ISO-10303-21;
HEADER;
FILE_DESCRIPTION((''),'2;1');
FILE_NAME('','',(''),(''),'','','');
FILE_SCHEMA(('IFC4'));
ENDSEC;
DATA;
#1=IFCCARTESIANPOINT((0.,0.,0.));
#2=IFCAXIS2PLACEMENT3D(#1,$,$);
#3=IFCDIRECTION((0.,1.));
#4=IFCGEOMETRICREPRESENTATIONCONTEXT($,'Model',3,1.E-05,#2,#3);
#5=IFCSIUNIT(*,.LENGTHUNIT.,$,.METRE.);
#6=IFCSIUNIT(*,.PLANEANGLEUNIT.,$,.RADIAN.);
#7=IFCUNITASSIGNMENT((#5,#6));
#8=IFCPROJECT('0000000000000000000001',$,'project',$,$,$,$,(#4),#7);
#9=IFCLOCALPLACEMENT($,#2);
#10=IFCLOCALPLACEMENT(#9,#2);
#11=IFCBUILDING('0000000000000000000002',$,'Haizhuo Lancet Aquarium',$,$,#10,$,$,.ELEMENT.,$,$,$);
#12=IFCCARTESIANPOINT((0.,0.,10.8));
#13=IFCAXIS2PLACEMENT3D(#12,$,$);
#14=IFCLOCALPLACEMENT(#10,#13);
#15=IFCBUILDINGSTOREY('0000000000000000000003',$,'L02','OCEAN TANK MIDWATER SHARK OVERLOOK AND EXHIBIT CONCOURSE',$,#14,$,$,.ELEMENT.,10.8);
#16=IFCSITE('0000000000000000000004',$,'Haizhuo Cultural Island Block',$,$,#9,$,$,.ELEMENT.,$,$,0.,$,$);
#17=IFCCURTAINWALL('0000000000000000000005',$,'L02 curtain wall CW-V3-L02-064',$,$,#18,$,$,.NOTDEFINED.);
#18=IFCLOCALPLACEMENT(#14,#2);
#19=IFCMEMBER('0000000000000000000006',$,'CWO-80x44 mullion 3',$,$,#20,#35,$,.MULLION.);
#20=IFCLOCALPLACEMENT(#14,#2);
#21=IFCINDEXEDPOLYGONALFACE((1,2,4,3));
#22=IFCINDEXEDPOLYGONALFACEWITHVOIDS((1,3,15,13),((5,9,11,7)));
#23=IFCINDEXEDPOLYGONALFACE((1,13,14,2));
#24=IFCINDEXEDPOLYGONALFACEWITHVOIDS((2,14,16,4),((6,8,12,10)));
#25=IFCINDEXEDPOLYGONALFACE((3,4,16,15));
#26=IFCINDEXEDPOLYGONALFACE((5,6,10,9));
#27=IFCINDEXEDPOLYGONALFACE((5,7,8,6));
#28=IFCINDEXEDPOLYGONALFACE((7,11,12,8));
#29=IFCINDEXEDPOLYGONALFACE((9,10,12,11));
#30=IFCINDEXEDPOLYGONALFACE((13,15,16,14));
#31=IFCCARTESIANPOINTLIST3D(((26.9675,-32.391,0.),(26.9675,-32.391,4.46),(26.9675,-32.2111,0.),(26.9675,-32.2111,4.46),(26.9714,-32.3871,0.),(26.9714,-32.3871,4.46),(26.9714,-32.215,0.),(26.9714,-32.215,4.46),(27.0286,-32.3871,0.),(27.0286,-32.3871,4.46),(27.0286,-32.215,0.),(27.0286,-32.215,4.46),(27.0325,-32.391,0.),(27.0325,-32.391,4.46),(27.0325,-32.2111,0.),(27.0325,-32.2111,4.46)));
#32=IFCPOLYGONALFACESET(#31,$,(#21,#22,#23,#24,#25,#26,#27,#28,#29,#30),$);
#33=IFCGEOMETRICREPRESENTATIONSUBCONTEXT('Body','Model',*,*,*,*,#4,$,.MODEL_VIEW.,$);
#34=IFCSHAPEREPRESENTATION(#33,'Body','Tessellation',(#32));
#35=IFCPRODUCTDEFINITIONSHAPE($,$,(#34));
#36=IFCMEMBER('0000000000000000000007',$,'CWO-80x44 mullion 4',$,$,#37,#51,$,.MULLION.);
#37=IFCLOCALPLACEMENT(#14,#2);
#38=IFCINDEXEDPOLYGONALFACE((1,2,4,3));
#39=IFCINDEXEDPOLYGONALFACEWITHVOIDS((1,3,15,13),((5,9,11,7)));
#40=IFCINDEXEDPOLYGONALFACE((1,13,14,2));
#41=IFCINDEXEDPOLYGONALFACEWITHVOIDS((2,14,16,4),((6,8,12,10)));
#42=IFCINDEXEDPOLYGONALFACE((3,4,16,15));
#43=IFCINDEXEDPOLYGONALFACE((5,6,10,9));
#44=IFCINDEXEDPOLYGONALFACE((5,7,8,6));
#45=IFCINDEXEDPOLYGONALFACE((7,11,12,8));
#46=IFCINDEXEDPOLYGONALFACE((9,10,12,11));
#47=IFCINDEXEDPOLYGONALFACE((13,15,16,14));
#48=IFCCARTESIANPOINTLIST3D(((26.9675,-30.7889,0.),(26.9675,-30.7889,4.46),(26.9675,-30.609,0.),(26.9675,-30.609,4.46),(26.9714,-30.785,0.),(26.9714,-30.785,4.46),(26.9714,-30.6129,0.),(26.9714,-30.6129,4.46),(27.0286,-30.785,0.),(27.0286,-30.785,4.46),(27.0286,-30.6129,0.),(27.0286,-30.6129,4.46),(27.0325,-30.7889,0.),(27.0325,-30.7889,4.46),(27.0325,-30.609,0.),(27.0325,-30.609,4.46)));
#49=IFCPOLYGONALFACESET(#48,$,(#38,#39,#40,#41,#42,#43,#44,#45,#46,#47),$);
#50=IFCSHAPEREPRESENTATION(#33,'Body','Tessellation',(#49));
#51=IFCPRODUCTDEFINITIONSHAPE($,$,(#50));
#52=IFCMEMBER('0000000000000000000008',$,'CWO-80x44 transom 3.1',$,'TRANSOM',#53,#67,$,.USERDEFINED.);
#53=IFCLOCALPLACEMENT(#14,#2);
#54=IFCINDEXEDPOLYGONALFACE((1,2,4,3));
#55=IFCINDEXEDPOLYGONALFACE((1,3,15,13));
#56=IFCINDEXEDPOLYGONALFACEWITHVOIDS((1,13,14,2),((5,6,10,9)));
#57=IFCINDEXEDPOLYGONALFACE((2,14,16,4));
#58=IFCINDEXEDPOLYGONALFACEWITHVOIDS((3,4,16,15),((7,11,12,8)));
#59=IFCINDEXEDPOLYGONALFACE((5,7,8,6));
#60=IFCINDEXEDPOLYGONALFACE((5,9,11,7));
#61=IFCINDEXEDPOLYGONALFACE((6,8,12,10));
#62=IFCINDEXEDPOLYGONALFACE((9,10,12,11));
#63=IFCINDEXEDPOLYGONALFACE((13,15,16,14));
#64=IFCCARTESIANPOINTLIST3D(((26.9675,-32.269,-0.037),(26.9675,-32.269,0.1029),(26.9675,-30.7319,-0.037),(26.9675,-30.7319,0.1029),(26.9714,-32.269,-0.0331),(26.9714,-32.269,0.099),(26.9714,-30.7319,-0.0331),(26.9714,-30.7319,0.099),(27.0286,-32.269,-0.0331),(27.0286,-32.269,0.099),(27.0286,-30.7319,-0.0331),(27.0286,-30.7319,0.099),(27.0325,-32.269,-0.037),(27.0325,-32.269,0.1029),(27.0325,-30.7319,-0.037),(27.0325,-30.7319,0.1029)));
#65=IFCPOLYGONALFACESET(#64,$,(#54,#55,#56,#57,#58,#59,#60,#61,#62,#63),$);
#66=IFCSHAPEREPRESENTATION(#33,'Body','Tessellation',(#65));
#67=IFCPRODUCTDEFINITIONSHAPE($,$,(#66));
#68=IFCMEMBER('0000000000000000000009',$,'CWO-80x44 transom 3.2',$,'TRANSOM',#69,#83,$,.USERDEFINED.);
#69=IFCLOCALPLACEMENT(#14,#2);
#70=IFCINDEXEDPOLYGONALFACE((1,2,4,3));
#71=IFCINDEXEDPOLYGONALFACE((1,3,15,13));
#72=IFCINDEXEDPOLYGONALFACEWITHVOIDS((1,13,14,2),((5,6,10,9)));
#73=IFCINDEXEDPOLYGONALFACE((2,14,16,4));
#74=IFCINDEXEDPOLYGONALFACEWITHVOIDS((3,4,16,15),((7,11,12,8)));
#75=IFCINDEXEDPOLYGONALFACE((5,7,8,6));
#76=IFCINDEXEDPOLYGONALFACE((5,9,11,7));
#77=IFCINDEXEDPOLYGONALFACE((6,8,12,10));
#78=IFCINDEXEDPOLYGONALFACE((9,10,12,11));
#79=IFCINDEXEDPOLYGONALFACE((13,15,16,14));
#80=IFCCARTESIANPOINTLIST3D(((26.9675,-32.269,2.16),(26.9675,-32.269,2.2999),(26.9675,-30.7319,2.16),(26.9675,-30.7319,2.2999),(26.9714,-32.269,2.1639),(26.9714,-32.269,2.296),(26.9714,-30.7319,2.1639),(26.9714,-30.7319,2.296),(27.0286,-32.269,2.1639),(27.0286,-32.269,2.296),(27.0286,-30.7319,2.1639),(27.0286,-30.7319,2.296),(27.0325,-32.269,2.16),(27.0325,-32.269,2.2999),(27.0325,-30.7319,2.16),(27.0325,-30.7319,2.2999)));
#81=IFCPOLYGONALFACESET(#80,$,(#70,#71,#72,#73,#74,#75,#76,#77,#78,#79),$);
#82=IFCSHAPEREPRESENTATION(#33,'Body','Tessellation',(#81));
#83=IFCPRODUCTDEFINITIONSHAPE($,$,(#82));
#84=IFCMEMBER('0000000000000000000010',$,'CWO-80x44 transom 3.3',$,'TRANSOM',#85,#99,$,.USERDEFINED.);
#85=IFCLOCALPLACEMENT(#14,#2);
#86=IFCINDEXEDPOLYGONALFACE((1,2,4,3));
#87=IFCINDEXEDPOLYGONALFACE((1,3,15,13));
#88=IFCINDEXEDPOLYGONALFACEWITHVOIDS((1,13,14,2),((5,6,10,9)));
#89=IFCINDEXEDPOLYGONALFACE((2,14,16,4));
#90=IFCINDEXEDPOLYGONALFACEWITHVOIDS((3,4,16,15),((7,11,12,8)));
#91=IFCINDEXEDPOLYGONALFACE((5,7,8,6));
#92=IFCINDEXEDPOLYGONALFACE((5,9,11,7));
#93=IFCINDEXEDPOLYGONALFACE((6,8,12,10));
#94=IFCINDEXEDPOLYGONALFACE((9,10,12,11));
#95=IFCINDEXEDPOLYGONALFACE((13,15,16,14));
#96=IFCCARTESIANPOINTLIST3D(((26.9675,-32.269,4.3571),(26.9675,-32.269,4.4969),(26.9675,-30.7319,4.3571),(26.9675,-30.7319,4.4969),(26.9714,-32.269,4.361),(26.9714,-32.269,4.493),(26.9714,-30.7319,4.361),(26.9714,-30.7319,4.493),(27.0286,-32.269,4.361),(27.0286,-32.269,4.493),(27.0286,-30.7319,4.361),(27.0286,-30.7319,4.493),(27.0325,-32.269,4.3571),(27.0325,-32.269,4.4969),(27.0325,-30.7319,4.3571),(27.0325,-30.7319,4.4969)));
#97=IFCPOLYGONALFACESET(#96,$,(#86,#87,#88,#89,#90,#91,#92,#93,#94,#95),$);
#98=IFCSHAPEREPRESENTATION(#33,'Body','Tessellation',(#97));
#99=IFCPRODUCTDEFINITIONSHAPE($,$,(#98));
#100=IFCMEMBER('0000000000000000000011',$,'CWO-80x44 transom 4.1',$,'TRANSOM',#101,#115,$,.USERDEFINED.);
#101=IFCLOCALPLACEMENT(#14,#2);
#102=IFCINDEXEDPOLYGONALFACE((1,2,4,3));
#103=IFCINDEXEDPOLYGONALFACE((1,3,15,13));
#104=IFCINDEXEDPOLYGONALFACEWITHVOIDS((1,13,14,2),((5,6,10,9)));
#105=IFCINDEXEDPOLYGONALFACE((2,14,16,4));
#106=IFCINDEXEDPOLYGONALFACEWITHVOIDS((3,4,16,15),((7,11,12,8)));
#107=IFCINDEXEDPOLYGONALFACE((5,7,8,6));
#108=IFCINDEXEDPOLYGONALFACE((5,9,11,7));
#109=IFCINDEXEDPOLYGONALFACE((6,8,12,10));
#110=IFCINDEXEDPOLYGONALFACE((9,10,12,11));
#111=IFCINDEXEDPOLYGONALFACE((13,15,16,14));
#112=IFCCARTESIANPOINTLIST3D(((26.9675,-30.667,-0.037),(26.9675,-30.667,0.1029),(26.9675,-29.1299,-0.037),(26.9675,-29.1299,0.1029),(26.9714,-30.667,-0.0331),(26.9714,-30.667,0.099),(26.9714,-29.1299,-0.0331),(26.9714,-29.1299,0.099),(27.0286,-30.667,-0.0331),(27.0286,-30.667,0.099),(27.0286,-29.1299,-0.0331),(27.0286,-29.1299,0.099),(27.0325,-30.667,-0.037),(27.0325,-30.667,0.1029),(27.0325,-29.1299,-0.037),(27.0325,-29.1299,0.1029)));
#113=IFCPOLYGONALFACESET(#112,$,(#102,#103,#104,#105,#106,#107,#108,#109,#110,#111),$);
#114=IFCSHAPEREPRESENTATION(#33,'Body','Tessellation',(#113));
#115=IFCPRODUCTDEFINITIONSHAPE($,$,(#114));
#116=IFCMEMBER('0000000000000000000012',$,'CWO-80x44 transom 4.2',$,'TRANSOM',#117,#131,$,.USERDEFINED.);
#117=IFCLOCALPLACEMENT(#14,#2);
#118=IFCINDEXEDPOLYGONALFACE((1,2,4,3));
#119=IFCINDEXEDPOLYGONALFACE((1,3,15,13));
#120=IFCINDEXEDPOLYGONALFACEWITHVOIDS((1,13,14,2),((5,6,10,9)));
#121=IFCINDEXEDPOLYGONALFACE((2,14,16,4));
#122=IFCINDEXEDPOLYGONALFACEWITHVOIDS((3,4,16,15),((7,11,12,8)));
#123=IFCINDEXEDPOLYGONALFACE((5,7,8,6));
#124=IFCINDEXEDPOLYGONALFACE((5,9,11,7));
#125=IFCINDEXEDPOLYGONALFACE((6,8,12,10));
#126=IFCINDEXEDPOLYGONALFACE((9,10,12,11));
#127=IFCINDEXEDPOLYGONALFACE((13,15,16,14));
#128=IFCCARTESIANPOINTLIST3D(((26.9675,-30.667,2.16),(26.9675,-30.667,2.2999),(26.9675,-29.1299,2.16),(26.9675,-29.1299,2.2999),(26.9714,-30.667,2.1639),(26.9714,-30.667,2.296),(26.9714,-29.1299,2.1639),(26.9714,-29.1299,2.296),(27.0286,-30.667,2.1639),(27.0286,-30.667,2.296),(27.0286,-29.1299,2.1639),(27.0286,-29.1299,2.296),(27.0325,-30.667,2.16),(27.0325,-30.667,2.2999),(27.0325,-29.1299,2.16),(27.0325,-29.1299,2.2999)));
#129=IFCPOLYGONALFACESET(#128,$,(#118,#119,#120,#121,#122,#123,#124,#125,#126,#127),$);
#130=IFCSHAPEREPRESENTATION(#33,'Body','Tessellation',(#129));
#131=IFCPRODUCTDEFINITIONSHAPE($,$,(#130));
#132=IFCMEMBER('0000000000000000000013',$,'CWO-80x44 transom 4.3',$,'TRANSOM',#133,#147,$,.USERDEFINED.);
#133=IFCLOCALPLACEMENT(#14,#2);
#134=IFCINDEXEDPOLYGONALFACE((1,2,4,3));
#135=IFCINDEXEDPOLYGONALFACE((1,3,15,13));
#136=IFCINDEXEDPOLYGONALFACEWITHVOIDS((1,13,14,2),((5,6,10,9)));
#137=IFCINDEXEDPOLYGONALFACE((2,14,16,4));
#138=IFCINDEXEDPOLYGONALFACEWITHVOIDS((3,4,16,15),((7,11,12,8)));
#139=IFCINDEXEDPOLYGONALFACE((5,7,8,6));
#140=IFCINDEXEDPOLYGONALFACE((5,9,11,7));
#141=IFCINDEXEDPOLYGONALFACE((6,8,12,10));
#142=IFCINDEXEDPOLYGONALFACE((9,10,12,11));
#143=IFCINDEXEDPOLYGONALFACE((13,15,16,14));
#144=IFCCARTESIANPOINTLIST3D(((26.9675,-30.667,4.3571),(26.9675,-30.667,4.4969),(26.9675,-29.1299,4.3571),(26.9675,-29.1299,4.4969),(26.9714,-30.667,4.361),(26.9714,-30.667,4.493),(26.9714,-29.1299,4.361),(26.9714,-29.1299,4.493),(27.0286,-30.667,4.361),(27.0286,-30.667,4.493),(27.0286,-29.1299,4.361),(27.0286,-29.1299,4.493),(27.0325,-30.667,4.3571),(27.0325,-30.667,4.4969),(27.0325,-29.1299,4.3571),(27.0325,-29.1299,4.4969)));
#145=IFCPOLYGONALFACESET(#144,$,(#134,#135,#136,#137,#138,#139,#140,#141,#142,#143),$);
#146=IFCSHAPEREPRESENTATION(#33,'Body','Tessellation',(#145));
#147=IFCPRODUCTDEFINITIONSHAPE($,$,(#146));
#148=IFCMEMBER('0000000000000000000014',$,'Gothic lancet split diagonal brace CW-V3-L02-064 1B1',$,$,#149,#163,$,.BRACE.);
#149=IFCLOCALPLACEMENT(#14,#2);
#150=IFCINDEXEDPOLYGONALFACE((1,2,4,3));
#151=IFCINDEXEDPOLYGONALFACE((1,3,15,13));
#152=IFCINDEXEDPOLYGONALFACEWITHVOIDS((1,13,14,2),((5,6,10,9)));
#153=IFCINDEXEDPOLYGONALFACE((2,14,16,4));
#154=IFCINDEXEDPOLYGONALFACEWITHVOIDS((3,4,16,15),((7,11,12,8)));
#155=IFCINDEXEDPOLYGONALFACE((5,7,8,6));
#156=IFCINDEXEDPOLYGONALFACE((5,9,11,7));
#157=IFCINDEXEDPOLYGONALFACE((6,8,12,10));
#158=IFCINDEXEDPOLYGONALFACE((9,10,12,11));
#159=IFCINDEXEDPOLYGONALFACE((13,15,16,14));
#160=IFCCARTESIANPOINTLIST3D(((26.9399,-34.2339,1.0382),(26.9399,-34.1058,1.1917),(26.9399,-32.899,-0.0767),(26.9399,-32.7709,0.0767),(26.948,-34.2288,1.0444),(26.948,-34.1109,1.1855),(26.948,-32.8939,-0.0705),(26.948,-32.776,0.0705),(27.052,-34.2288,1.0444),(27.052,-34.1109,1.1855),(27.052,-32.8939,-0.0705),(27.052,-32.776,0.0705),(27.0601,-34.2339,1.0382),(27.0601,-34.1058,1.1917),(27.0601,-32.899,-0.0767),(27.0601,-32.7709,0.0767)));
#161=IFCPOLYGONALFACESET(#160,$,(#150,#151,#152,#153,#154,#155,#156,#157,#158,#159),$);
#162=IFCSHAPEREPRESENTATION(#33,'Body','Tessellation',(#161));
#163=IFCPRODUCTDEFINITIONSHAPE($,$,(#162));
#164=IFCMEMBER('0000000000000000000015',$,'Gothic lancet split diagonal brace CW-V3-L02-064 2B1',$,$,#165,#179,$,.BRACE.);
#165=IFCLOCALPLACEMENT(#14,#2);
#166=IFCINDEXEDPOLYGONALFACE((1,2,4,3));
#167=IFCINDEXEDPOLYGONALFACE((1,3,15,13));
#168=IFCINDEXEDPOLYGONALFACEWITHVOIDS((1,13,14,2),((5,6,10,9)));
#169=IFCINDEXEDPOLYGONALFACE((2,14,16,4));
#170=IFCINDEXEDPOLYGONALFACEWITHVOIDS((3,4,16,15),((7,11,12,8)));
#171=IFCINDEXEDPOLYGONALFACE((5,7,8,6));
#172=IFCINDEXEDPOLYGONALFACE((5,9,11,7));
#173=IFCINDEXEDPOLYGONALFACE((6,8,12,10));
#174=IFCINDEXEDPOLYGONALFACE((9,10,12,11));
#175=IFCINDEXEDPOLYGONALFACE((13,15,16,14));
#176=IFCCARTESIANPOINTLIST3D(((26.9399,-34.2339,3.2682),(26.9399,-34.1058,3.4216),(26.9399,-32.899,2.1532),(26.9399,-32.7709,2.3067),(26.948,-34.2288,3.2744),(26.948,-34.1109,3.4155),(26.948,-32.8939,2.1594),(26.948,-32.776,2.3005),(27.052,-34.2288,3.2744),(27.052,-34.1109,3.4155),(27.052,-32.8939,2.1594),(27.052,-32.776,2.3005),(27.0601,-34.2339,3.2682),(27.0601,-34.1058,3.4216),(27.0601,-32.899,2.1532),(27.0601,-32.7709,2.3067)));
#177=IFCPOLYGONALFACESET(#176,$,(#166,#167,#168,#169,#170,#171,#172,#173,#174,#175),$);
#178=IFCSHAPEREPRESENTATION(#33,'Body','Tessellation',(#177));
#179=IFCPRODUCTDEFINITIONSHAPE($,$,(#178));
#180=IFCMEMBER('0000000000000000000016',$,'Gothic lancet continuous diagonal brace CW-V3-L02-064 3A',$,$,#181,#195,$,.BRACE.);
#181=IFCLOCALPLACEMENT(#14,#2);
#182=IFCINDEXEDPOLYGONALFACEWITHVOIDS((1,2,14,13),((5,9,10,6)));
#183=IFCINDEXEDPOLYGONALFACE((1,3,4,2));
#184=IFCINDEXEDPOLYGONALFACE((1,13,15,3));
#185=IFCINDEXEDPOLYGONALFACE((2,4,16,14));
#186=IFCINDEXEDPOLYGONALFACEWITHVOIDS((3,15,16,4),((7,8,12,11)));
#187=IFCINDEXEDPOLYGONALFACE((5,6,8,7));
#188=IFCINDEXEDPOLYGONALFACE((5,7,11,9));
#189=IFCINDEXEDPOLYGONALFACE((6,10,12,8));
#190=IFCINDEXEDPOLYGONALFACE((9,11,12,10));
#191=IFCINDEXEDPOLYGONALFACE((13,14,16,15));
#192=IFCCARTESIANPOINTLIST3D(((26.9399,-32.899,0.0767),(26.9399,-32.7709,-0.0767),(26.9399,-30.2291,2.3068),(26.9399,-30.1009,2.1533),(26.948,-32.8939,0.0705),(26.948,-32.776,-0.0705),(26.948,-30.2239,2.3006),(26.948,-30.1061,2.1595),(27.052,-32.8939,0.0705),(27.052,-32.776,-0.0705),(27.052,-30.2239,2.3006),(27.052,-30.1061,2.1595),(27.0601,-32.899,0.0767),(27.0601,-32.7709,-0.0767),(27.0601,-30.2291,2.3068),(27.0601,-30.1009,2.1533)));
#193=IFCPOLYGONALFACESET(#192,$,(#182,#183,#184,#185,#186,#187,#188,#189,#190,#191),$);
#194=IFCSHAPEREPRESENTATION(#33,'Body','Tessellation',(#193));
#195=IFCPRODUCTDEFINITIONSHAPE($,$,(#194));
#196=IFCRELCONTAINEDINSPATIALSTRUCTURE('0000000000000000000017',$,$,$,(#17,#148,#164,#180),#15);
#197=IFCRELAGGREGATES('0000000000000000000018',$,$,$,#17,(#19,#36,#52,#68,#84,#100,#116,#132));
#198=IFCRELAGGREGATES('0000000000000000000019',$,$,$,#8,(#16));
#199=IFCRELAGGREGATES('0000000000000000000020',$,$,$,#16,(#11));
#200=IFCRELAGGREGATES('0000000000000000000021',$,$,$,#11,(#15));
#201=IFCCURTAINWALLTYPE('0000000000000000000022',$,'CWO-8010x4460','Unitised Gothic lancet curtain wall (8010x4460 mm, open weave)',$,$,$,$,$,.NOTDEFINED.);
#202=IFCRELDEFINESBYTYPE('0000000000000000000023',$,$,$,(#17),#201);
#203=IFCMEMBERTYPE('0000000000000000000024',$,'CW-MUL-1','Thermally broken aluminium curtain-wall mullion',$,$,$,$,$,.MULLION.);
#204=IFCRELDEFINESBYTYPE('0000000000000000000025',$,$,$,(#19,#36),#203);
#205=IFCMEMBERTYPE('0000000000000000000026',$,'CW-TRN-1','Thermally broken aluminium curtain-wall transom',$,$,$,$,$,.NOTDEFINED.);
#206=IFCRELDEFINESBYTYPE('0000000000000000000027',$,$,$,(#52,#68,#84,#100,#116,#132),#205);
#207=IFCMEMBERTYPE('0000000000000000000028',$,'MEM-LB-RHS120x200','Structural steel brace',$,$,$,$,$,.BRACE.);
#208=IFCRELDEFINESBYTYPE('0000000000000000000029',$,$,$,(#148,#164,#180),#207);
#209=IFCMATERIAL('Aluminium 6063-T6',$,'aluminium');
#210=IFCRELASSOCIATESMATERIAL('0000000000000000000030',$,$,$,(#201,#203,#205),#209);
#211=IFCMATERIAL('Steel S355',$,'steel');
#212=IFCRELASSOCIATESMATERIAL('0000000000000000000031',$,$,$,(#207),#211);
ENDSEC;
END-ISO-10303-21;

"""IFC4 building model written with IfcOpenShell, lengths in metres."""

from ifc_helpers import new_model, si_unit, direction, frame, origin, origin_2d, place, context, subcontext, project, spatial, hollow_rectangle, extrude, material, material_profile, profile_set, type_object, element, aggregate, save


model = new_model("IFC4")

# Units and contexts
model_context = context("Model", 3, precision=1e-05, world=origin(), true_north=direction((0.0, 1.0)))
body_context = subcontext(model_context, "Body", "Model", "MODEL_VIEW")
ifc_project = project(units=[si_unit("LENGTHUNIT", "METRE"), si_unit("PLANEANGLEUNIT", "RADIAN")], contexts=[model_context])

# Site, building, storey
site_placement = place(None, origin())
site = spatial("IfcSite", under=ifc_project, at=site_placement, Name="Haizhuo Cultural Island Block", CompositionType="ELEMENT", RefElevation=0.0)
building_placement = place(site_placement, origin())
building = spatial("IfcBuilding", under=site, at=building_placement, Name="Haizhuo Lancet Aquarium", CompositionType="ELEMENT")
storey_placement = place(building_placement, frame((0.0, 0.0, 10.8)))
storey = spatial("IfcBuildingStorey", under=building, at=storey_placement, Name="L02", Description="OCEAN TANK MIDWATER SHARK OVERLOOK AND EXHIBIT CONCOURSE", CompositionType="ELEMENT", Elevation=10.8)

# Curtain wall, members
ifc_material_1 = material(Name="Aluminium 6063-T6", Category="aluminium")
curtain_wall_type = type_object("IfcCurtainWallType", Name="CWO-8010x4460", Description="Unitised Gothic lancet curtain wall (8010x4460 mm, open weave)", PredefinedType="NOTDEFINED", material=ifc_material_1)
curtain_wall_placement = place(storey_placement, origin())
curtain_wall = element("IfcCurtainWall", 1, at=curtain_wall_placement, inside=storey, type_object=curtain_wall_type, Name="L02 curtain wall CW-V3-L02-064", PredefinedType="NOTDEFINED")
ifc_material_profile_1 = material_profile(ifc_material_1, hollow_rectangle(XDim=0.0649, YDim=0.1799, WallThickness=0.0039, at=origin_2d()), Name="ALU-M 65x180x4")
ifc_profile_set_1 = profile_set([ifc_material_profile_1], Name="Aluminium 6063-T6")
member_type_1 = type_object("IfcMemberType", Name="CW-MUL-1", Description="Thermally broken aluminium curtain-wall mullion", PredefinedType="MULLION", material=ifc_profile_set_1)
member_1_placement = place(storey_placement, frame((27.0, -32.301, 0.0), z_axis=(0.0, 0.0, 1.0), x_axis=(-1.0, 0.0, 0.0)))
member_1 = element("IfcMember", 2, at=member_1_placement, type_object=member_type_1, Name="CWO-80x44 mullion 3", PredefinedType="MULLION", context=body_context, shape_type="SweptSolid", body=[
    extrude(hollow_rectangle(XDim=0.0649, YDim=0.1799, WallThickness=0.0039, at=origin_2d()), origin(), (0.0, 0.0, 1.0), 4.46),
])
member_2_placement = place(storey_placement, frame((27.0, -30.699, 0.0), z_axis=(0.0, 0.0, 1.0), x_axis=(-1.0, 0.0, 0.0)))
member_2 = element("IfcMember", 3, at=member_2_placement, type_object=member_type_1, Name="CWO-80x44 mullion 4", PredefinedType="MULLION", context=body_context, shape_type="SweptSolid", body=[
    extrude(hollow_rectangle(XDim=0.0649, YDim=0.1799, WallThickness=0.0039, at=origin_2d()), origin(), (0.0, 0.0, 1.0), 4.46),
])
ifc_material_profile_2 = material_profile(ifc_material_1, hollow_rectangle(XDim=0.0649, YDim=0.1399, WallThickness=0.0039, at=origin_2d()), Name="ALU-T 65x140x4")
ifc_profile_set_2 = profile_set([ifc_material_profile_2], Name="Aluminium 6063-T6")
member_type_2 = type_object("IfcMemberType", Name="CW-TRN-1", Description="Thermally broken aluminium curtain-wall transom", PredefinedType="NOTDEFINED", material=ifc_profile_set_2)
member_3_placement = place(storey_placement, frame((27.0, -32.269, 0.033), z_axis=(0.0, 1.0, 0.0), x_axis=(-1.0, 0.0, 0.0)))
member_3 = element("IfcMember", 4, at=member_3_placement, type_object=member_type_2, Name="CWO-80x44 transom 3.1", ObjectType="TRANSOM", PredefinedType="USERDEFINED", context=body_context, shape_type="SweptSolid", body=[
    extrude(hollow_rectangle(XDim=0.0649, YDim=0.1399, WallThickness=0.0039, at=origin_2d()), origin(), (0.0, 0.0, 1.0), 1.5371),
])
member_4_placement = place(storey_placement, frame((27.0, -32.269, 2.23), z_axis=(0.0, 1.0, 0.0), x_axis=(-1.0, 0.0, 0.0)))
member_4 = element("IfcMember", 5, at=member_4_placement, type_object=member_type_2, Name="CWO-80x44 transom 3.2", ObjectType="TRANSOM", PredefinedType="USERDEFINED", context=body_context, shape_type="SweptSolid", body=[
    extrude(hollow_rectangle(XDim=0.0649, YDim=0.1399, WallThickness=0.0039, at=origin_2d()), origin(), (0.0, 0.0, 1.0), 1.5371),
])
member_5_placement = place(storey_placement, frame((27.0, -32.269, 4.427), z_axis=(0.0, 1.0, 0.0), x_axis=(-1.0, 0.0, 0.0)))
member_5 = element("IfcMember", 6, at=member_5_placement, type_object=member_type_2, Name="CWO-80x44 transom 3.3", ObjectType="TRANSOM", PredefinedType="USERDEFINED", context=body_context, shape_type="SweptSolid", body=[
    extrude(hollow_rectangle(XDim=0.0649, YDim=0.1399, WallThickness=0.0039, at=origin_2d()), origin(), (0.0, 0.0, 1.0), 1.5371),
])
member_6_placement = place(storey_placement, frame((27.0, -30.667, 0.033), z_axis=(0.0, 1.0, 0.0), x_axis=(-1.0, 0.0, 0.0)))
member_6 = element("IfcMember", 7, at=member_6_placement, type_object=member_type_2, Name="CWO-80x44 transom 4.1", ObjectType="TRANSOM", PredefinedType="USERDEFINED", context=body_context, shape_type="SweptSolid", body=[
    extrude(hollow_rectangle(XDim=0.0649, YDim=0.1399, WallThickness=0.0039, at=origin_2d()), origin(), (0.0, 0.0, 1.0), 1.5371),
])
member_7_placement = place(storey_placement, frame((27.0, -30.667, 2.23), z_axis=(0.0, 1.0, 0.0), x_axis=(-1.0, 0.0, 0.0)))
member_7 = element("IfcMember", 8, at=member_7_placement, type_object=member_type_2, Name="CWO-80x44 transom 4.2", ObjectType="TRANSOM", PredefinedType="USERDEFINED", context=body_context, shape_type="SweptSolid", body=[
    extrude(hollow_rectangle(XDim=0.0649, YDim=0.1399, WallThickness=0.0039, at=origin_2d()), origin(), (0.0, 0.0, 1.0), 1.5371),
])
member_8_placement = place(storey_placement, frame((27.0, -30.667, 4.427), z_axis=(0.0, 1.0, 0.0), x_axis=(-1.0, 0.0, 0.0)))
member_8 = element("IfcMember", 9, at=member_8_placement, type_object=member_type_2, Name="CWO-80x44 transom 4.3", ObjectType="TRANSOM", PredefinedType="USERDEFINED", context=body_context, shape_type="SweptSolid", body=[
    extrude(hollow_rectangle(XDim=0.0649, YDim=0.1399, WallThickness=0.0039, at=origin_2d()), origin(), (0.0, 0.0, 1.0), 1.5371),
])

# Members
ifc_material_2 = material(Name="Steel S355", Category="steel")
ifc_material_profile_3 = material_profile(ifc_material_2, hollow_rectangle(XDim=0.1201, YDim=0.2, WallThickness=0.0081, at=origin_2d()), Name="RHS 120x200x8")
ifc_profile_set_3 = profile_set([ifc_material_profile_3], Name="Steel S355")
member_type_3 = type_object("IfcMemberType", Name="MEM-LB-RHS120x200", Description="Structural steel brace", PredefinedType="BRACE", material=ifc_profile_set_3)
for number, where, z_axis, x_axis, name in (
    (10, (27.0, -32.835, 0.0), (0.0, -0.767507, 0.64104), (1.0, 0.0, 0.0), "Gothic lancet split diagonal brace CW-V3-L02-064 1B1"),
    (11, (27.0, -32.835, 2.23), (0.0, -0.767507, 0.64104), (1.0, 0.0, 0.0), "Gothic lancet split diagonal brace CW-V3-L02-064 2B1"),
):
    element("IfcMember", number, at=place(storey_placement, frame(where, z_axis=z_axis, x_axis=x_axis)), inside=storey, type_object=member_type_3, Name=name, PredefinedType="BRACE", context=body_context, shape_type="SweptSolid", body=[
        extrude(hollow_rectangle(XDim=0.1201, YDim=0.2, WallThickness=0.0081, at=origin_2d()), origin(), (0.0, 0.0, 1.0), 1.7393),
    ])
member_9_placement = place(storey_placement, frame((27.0, -32.835, 0.0), z_axis=(0.0, 0.767507, 0.64104), x_axis=(-1.0, 0.0, 0.0)))
element("IfcMember", 12, at=member_9_placement, inside=storey, type_object=member_type_3, Name="Gothic lancet continuous diagonal brace CW-V3-L02-064 3A", PredefinedType="BRACE", context=body_context, shape_type="SweptSolid", body=[
    extrude(hollow_rectangle(XDim=0.1201, YDim=0.2, WallThickness=0.0081, at=origin_2d()), origin(), (0.0, 0.0, 1.0), 3.4788),
])

aggregate(curtain_wall, [member_1, member_2, member_3, member_4, member_5, member_6, member_7, member_8])

save(model, "model.ifc")
